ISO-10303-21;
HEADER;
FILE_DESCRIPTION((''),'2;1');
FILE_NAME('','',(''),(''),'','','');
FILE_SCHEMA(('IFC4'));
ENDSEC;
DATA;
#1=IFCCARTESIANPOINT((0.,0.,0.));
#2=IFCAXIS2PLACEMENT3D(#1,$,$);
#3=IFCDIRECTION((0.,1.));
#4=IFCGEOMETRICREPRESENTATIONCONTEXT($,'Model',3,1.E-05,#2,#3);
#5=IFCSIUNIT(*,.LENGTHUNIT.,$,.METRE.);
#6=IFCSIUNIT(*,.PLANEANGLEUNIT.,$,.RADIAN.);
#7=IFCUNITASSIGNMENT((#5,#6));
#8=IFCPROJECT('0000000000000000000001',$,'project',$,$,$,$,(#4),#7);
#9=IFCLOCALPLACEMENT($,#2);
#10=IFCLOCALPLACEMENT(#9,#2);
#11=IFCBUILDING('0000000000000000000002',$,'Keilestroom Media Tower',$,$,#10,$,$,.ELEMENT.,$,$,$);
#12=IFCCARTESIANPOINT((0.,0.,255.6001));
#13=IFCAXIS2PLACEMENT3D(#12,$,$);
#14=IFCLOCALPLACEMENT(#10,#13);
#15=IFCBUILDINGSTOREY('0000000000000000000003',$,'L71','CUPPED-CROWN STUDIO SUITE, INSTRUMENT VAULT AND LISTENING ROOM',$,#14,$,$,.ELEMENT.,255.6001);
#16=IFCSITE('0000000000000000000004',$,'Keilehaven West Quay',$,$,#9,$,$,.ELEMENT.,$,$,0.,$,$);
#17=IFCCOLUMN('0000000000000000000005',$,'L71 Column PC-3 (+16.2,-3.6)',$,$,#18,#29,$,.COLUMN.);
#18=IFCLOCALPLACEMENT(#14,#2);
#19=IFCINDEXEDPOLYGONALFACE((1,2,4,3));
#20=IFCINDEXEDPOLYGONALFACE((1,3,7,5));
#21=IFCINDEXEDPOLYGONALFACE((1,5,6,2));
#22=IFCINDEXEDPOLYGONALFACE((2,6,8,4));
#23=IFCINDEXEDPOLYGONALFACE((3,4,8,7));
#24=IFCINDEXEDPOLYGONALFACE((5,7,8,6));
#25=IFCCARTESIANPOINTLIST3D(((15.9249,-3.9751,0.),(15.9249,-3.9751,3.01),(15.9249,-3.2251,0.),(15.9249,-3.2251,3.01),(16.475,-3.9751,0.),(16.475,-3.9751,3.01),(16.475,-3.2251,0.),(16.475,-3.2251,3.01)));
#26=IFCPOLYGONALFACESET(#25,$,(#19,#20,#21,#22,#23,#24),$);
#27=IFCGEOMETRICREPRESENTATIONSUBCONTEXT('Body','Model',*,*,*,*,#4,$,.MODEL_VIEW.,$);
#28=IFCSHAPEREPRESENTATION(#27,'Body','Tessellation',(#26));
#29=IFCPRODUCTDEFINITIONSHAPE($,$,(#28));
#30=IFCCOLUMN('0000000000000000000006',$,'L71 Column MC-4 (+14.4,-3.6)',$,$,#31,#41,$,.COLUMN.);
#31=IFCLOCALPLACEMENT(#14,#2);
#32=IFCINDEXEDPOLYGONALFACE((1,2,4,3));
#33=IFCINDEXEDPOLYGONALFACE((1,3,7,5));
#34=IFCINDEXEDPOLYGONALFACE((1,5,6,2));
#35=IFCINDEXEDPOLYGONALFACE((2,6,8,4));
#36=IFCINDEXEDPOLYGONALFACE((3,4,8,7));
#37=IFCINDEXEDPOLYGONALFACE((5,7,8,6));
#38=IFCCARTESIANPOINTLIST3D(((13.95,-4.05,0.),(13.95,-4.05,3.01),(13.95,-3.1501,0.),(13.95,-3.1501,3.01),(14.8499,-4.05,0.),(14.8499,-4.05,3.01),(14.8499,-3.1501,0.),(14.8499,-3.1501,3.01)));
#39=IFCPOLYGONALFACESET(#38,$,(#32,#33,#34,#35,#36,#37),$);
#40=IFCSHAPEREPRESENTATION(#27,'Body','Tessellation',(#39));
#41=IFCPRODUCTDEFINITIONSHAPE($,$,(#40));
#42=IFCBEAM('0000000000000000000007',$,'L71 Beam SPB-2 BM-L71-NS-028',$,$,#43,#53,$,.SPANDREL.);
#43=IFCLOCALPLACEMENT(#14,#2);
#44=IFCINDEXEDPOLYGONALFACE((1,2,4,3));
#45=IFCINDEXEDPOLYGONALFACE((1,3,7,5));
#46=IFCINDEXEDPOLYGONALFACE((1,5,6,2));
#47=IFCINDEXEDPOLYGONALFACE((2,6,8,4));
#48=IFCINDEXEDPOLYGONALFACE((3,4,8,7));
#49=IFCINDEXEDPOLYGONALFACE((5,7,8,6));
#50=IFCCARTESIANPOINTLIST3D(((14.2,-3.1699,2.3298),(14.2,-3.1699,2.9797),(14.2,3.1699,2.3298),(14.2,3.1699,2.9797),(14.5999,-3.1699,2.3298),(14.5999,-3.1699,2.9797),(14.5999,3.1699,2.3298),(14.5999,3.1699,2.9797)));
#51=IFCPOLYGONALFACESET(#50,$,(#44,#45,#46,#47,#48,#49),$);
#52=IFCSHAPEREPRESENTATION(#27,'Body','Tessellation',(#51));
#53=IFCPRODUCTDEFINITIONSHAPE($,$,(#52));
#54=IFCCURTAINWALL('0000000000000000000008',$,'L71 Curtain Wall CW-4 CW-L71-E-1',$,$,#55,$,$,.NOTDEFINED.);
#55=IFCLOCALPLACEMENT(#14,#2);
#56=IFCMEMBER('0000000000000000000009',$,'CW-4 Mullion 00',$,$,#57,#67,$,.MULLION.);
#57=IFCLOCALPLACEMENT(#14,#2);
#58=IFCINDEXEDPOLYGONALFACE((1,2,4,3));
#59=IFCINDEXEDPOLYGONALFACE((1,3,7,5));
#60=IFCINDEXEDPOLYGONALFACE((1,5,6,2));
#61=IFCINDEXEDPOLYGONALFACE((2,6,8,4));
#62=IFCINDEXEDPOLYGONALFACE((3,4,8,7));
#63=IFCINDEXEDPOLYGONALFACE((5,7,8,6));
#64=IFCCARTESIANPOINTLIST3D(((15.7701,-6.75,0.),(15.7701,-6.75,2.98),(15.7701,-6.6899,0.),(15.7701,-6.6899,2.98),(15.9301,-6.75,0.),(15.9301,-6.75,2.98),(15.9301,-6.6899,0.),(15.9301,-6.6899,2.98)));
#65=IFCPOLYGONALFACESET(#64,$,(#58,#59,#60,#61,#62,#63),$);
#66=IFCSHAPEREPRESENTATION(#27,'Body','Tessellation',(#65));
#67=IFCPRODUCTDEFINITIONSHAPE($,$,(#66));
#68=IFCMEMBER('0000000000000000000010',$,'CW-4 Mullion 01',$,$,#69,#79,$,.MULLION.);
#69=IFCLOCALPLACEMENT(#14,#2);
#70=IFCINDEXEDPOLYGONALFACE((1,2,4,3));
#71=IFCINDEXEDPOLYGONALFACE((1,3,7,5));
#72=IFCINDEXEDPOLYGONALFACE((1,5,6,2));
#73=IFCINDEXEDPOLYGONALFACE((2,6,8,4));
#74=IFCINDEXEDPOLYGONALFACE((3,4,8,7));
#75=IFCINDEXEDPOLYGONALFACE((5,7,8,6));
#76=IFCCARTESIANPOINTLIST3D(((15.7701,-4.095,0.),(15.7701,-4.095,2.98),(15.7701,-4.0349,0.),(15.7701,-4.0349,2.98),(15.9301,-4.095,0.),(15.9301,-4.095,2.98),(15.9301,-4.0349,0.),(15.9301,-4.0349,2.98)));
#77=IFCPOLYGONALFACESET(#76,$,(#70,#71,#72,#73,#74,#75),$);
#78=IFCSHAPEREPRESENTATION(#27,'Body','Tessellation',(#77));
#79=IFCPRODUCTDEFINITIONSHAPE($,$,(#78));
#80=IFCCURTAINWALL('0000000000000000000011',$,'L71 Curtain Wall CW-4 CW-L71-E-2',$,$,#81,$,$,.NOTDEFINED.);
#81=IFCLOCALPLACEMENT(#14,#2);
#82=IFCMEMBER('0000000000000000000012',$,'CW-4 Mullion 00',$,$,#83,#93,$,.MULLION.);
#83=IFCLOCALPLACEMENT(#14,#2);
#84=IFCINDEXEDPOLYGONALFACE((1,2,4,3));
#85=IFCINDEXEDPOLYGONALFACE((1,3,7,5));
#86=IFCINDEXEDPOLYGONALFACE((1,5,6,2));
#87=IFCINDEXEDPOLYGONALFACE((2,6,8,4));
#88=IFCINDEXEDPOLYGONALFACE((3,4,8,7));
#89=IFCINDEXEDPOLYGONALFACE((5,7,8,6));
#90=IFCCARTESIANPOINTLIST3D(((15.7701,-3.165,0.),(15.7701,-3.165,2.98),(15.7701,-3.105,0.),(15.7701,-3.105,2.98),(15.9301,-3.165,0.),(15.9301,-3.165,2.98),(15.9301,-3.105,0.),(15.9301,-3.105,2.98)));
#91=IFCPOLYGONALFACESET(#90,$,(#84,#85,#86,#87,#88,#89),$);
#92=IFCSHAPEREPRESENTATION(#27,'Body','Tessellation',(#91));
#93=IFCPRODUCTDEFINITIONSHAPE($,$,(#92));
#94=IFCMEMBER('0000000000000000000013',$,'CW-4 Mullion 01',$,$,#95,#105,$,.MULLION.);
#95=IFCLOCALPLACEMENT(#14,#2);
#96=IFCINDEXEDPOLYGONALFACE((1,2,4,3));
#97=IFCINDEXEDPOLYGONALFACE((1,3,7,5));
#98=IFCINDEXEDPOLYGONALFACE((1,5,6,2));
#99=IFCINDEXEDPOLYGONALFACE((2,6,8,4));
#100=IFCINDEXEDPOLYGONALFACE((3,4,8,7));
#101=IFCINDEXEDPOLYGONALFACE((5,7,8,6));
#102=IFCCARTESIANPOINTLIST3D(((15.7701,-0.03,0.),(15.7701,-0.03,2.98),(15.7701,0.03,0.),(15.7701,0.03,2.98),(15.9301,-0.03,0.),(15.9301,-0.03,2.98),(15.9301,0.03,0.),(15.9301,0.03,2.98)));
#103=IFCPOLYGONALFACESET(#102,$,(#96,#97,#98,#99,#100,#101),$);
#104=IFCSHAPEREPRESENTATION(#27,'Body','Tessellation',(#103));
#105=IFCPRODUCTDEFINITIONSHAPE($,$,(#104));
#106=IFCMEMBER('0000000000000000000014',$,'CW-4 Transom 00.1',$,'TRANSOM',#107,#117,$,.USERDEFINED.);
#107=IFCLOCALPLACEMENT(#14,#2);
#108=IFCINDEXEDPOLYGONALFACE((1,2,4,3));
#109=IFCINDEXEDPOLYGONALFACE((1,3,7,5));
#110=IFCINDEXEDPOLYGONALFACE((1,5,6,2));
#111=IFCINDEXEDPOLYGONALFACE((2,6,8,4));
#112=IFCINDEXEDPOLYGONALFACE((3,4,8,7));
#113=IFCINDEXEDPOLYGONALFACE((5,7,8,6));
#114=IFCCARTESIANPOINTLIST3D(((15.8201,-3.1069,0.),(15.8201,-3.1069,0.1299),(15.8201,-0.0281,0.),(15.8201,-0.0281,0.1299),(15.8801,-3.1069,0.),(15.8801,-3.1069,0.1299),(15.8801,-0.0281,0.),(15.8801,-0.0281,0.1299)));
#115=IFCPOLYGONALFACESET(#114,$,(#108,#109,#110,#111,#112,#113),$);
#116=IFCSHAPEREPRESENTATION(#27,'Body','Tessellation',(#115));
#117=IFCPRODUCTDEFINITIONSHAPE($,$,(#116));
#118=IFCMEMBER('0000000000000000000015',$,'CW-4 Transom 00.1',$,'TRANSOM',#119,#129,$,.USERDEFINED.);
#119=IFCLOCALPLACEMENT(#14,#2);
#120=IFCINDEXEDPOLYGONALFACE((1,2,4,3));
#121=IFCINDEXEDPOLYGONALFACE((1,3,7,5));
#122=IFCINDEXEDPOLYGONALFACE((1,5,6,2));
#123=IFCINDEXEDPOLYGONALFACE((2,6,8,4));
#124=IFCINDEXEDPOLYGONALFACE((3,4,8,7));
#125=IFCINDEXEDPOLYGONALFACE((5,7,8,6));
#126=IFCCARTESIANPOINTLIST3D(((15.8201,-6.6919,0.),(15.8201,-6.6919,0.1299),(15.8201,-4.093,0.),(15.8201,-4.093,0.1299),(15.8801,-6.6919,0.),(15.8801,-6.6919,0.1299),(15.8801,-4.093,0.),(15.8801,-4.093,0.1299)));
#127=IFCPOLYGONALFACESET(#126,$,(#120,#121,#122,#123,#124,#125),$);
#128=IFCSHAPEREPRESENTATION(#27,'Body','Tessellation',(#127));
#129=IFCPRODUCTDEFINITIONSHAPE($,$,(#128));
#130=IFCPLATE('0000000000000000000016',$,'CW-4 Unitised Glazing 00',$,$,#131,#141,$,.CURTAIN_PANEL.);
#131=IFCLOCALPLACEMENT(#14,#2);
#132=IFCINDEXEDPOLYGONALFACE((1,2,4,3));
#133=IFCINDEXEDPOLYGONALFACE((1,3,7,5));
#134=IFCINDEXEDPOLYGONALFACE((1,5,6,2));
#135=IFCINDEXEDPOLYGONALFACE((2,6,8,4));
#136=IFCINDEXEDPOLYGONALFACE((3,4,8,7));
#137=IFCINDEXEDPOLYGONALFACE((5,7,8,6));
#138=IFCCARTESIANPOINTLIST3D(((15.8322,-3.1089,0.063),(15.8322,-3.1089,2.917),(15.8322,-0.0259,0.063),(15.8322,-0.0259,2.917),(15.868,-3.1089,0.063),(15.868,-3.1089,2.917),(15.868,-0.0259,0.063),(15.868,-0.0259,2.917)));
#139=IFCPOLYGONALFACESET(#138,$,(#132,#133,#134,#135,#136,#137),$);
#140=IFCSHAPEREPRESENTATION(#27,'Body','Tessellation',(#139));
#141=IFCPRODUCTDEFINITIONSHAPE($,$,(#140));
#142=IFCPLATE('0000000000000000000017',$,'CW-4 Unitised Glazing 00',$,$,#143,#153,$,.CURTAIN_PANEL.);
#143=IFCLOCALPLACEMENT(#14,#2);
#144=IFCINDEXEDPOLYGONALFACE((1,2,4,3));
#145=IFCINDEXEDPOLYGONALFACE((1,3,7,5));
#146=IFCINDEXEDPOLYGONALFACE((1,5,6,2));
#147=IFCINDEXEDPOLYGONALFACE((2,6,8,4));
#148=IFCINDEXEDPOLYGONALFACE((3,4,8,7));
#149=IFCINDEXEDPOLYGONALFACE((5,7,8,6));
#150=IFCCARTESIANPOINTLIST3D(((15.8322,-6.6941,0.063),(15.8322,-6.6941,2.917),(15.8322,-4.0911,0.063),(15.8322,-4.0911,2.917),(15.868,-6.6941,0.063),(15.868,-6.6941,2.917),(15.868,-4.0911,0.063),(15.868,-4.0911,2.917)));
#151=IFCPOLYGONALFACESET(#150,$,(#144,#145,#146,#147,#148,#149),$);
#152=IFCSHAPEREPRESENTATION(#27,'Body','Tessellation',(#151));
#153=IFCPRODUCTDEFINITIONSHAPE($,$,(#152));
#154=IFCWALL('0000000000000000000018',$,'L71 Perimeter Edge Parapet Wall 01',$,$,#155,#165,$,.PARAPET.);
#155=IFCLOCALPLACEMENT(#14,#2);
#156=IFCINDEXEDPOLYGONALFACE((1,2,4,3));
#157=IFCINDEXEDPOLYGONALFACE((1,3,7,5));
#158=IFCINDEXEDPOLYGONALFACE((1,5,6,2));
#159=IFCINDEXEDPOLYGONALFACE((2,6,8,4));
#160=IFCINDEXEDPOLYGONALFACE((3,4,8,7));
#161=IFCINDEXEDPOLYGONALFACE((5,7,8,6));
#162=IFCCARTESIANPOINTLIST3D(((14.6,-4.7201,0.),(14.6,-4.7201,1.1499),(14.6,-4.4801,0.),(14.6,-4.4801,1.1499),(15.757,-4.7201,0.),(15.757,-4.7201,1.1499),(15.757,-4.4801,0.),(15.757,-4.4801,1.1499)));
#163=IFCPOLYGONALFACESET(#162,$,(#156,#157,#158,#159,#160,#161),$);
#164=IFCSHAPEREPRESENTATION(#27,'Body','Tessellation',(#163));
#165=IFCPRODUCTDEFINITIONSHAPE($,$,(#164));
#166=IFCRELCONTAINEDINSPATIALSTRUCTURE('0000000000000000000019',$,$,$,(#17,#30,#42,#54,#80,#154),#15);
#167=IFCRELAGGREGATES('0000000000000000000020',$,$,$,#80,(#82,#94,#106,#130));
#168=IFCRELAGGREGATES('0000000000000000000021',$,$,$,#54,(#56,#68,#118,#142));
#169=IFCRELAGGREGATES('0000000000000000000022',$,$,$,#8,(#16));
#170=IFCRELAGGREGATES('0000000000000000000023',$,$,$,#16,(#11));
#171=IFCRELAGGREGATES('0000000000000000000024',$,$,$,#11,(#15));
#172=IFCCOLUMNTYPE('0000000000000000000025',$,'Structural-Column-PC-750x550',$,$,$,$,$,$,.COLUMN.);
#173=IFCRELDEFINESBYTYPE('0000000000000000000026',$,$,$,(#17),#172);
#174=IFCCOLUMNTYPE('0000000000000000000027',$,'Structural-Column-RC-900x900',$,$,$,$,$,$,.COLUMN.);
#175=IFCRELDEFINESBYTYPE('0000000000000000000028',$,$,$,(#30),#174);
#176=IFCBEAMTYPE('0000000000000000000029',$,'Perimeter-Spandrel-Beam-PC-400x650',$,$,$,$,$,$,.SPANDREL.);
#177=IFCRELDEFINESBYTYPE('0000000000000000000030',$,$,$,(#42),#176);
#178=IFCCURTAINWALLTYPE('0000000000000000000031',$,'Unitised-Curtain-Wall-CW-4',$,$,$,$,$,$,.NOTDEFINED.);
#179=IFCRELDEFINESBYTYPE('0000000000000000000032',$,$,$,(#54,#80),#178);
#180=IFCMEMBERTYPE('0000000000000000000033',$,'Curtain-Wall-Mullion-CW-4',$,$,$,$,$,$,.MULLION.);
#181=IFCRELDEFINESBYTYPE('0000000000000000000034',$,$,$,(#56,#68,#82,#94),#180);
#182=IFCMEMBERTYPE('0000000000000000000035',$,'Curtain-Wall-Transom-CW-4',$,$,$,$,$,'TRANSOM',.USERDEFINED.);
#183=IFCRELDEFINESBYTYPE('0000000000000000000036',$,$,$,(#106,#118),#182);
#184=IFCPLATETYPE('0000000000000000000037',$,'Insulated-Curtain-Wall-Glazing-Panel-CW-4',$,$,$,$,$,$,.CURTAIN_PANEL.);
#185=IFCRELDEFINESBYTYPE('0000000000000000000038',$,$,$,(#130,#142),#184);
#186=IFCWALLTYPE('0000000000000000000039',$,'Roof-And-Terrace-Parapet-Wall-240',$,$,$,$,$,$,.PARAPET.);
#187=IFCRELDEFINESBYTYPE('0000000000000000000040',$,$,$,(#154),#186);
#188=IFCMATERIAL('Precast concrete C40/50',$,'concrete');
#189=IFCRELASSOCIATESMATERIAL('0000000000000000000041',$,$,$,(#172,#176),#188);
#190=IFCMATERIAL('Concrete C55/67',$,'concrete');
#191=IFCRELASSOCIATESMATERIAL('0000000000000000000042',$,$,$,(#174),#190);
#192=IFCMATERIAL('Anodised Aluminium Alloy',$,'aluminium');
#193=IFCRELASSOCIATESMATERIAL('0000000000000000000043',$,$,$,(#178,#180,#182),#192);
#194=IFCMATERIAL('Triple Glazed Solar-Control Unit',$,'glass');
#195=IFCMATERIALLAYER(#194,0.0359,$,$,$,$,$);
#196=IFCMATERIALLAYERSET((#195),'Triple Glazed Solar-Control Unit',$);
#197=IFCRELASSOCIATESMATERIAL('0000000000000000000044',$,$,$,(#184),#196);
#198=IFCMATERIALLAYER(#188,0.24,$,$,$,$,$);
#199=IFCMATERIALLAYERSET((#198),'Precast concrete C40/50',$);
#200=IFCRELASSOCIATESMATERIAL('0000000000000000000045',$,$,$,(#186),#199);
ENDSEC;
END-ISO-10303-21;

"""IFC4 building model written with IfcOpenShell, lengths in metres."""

from ifc_helpers import new_model, si_unit, direction, frame, frame_2d, origin, origin_2d, place, context, subcontext, project, spatial, rectangle, extrude, source, transform, mapped, material, layer, layer_set, material_profile, profile_set, type_object, element, aggregate, save


model = new_model("IFC4")

# Units and contexts
model_context = context("Model", 3, precision=1e-05, world=origin(), true_north=direction((0.0, 1.0)))
body_context = subcontext(model_context, "Body", "Model", "MODEL_VIEW")
ifc_project = project(units=[si_unit("LENGTHUNIT", "METRE"), si_unit("PLANEANGLEUNIT", "RADIAN")], contexts=[model_context])

# Site, building, storey
site_placement = place(None, origin())
site = spatial("IfcSite", under=ifc_project, at=site_placement, Name="Keilehaven West Quay", CompositionType="ELEMENT", RefElevation=0.0)
building_placement = place(site_placement, origin())
building = spatial("IfcBuilding", under=site, at=building_placement, Name="Keilestroom Media Tower", CompositionType="ELEMENT")
storey_placement = place(building_placement, frame((0.0, 0.0, 255.6001)))
storey = spatial("IfcBuildingStorey", under=building, at=storey_placement, Name="L71", Description="CUPPED-CROWN STUDIO SUITE, INSTRUMENT VAULT AND LISTENING ROOM", CompositionType="ELEMENT", Elevation=255.6001)

# Columns
ifc_material_1 = material(Name="Precast concrete C40/50", Category="concrete")
ifc_material_profile_1 = material_profile(ifc_material_1, rectangle(XDim=0.55, YDim=0.75, at=origin_2d()), Name="PC 750x550")
ifc_profile_set_1 = profile_set([ifc_material_profile_1], Name="Precast concrete C40/50")
column_type_1 = type_object("IfcColumnType", Name="Structural-Column-PC-750x550", PredefinedType="COLUMN", material=ifc_profile_set_1)
shared_shape_1 = source(origin(), body_context, "Body", "SweptSolid", [
    extrude(rectangle(XDim=0.55, YDim=0.75, at=origin_2d()), origin(), (0.0, 0.0, 1.0), 3.01),
])
column_1_placement = place(storey_placement, frame((16.2, -3.6001, 0.0), z_axis=(0.0, 0.0, 1.0), x_axis=(1.0, 0.0, 0.0)))
element("IfcColumn", 1, at=column_1_placement, inside=storey, type_object=column_type_1, Name="L71 Column PC-3 (+16.2,-3.6)", PredefinedType="COLUMN", context=body_context, shape_type="MappedRepresentation", body=[
    mapped(shared_shape_1, transform((0.0, 0.0, 0.0), x_axis=(1.0, 0.0, 0.0), y_axis=(0.0, 1.0, 0.0), z_axis=(0.0, 0.0, 1.0), scale=1.0)),
])
ifc_material_2 = material(Name="Concrete C55/67", Category="concrete")
ifc_material_profile_2 = material_profile(ifc_material_2, rectangle(XDim=0.8999, YDim=0.8999, at=origin_2d()), Name="RC 900x900")
ifc_profile_set_2 = profile_set([ifc_material_profile_2], Name="Concrete C55/67")
column_type_2 = type_object("IfcColumnType", Name="Structural-Column-RC-900x900", PredefinedType="COLUMN", material=ifc_profile_set_2)
shared_shape_2 = source(origin(), body_context, "Body", "SweptSolid", [
    extrude(rectangle(XDim=0.8999, YDim=0.8999, at=origin_2d()), origin(), (0.0, 0.0, 1.0), 3.01),
])
column_2_placement = place(storey_placement, frame((14.3999, -3.6001, 0.0), z_axis=(0.0, 0.0, 1.0), x_axis=(1.0, 0.0, 0.0)))
element("IfcColumn", 2, at=column_2_placement, inside=storey, type_object=column_type_2, Name="L71 Column MC-4 (+14.4,-3.6)", PredefinedType="COLUMN", context=body_context, shape_type="MappedRepresentation", body=[
    mapped(shared_shape_2, transform((0.0, 0.0, 0.0), x_axis=(1.0, 0.0, 0.0), y_axis=(0.0, 1.0, 0.0), z_axis=(0.0, 0.0, 1.0), scale=1.0)),
])

# Beam
ifc_material_profile_3 = material_profile(ifc_material_1, rectangle(XDim=0.3999, YDim=0.6499, at=origin_2d()), Name="PC 400x650")
ifc_profile_set_3 = profile_set([ifc_material_profile_3], Name="Precast concrete C40/50")
beam_type = type_object("IfcBeamType", Name="Perimeter-Spandrel-Beam-PC-400x650", PredefinedType="SPANDREL", material=ifc_profile_set_3)
shared_shape_3 = source(origin(), body_context, "Body", "SweptSolid", [
    extrude(rectangle(XDim=0.3999, YDim=0.6499, at=origin_2d()), origin(), (0.0, 0.0, 1.0), 6.3398),
])
beam_placement = place(storey_placement, frame((14.3999, -3.1699, 2.6548), z_axis=(0.0, 1.0, 0.0), x_axis=(-1.0, 0.0, 0.0)))
element("IfcBeam", 3, at=beam_placement, inside=storey, type_object=beam_type, Name="L71 Beam SPB-2 BM-L71-NS-028", PredefinedType="SPANDREL", context=body_context, shape_type="MappedRepresentation", body=[
    mapped(shared_shape_3, transform((0.0, 0.0, 0.0), x_axis=(1.0, 0.0, 0.0), y_axis=(0.0, 1.0, 0.0), z_axis=(0.0, 0.0, 1.0), scale=1.0)),
])

# Curtain walls, members
ifc_material_3 = material(Name="Anodised Aluminium Alloy", Category="aluminium")
curtain_wall_type = type_object("IfcCurtainWallType", Name="Unitised-Curtain-Wall-CW-4", PredefinedType="NOTDEFINED", material=ifc_material_3)
curtain_wall_1_placement = place(storey_placement, origin())
curtain_wall_1 = element("IfcCurtainWall", 4, at=curtain_wall_1_placement, inside=storey, type_object=curtain_wall_type, Name="L71 Curtain Wall CW-4 CW-L71-E-1", PredefinedType="NOTDEFINED")
ifc_material_profile_4 = material_profile(ifc_material_3, rectangle(XDim=0.0601, YDim=0.1599, at=origin_2d()), Name="ALU MULLION 60x160")
ifc_profile_set_4 = profile_set([ifc_material_profile_4], Name="Anodised Aluminium Alloy")
member_type_1 = type_object("IfcMemberType", Name="Curtain-Wall-Mullion-CW-4", PredefinedType="MULLION", material=ifc_profile_set_4)
shared_shape_4 = source(origin(), body_context, "Body", "SweptSolid", [
    extrude(rectangle(XDim=0.0601, YDim=0.1599, at=origin_2d()), origin(), (0.0, 0.0, 1.0), 2.98),
])
member_1_placement = place(storey_placement, frame((15.8501, -6.72, 0.0), z_axis=(0.0, 0.0, 1.0), x_axis=(0.0, 1.0, 0.0)))
member_1 = element("IfcMember", 5, at=member_1_placement, type_object=member_type_1, Name="CW-4 Mullion 00", PredefinedType="MULLION", context=body_context, shape_type="MappedRepresentation", body=[
    mapped(shared_shape_4, transform((0.0, 0.0, 0.0), x_axis=(1.0, 0.0, 0.0), y_axis=(0.0, 1.0, 0.0), z_axis=(0.0, 0.0, 1.0), scale=1.0)),
])
member_2_placement = place(storey_placement, frame((15.8501, -4.0649, 0.0), z_axis=(0.0, 0.0, 1.0), x_axis=(0.0, 1.0, 0.0)))
member_2 = element("IfcMember", 6, at=member_2_placement, type_object=member_type_1, Name="CW-4 Mullion 01", PredefinedType="MULLION", context=body_context, shape_type="MappedRepresentation", body=[
    mapped(shared_shape_4, transform((0.0, 0.0, 0.0), x_axis=(1.0, 0.0, 0.0), y_axis=(0.0, 1.0, 0.0), z_axis=(0.0, 0.0, 1.0), scale=1.0)),
])
curtain_wall_2_placement = place(storey_placement, origin())
curtain_wall_2 = element("IfcCurtainWall", 7, at=curtain_wall_2_placement, inside=storey, type_object=curtain_wall_type, Name="L71 Curtain Wall CW-4 CW-L71-E-2", PredefinedType="NOTDEFINED")
member_3_placement = place(storey_placement, frame((15.8501, -3.135, 0.0), z_axis=(0.0, 0.0, 1.0), x_axis=(0.0, 1.0, 0.0)))
member_3 = element("IfcMember", 8, at=member_3_placement, type_object=member_type_1, Name="CW-4 Mullion 00", PredefinedType="MULLION", context=body_context, shape_type="MappedRepresentation", body=[
    mapped(shared_shape_4, transform((0.0, 0.0, 0.0), x_axis=(1.0, 0.0, 0.0), y_axis=(0.0, 1.0, 0.0), z_axis=(0.0, 0.0, 1.0), scale=1.0)),
])
member_4_placement = place(storey_placement, frame((15.8501, 0.0, 0.0), z_axis=(0.0, 0.0, 1.0), x_axis=(0.0, 1.0, 0.0)))
member_4 = element("IfcMember", 9, at=member_4_placement, type_object=member_type_1, Name="CW-4 Mullion 01", PredefinedType="MULLION", context=body_context, shape_type="MappedRepresentation", body=[
    mapped(shared_shape_4, transform((0.0, 0.0, 0.0), x_axis=(1.0, 0.0, 0.0), y_axis=(0.0, 1.0, 0.0), z_axis=(0.0, 0.0, 1.0), scale=1.0)),
])
ifc_material_profile_5 = material_profile(ifc_material_3, rectangle(XDim=0.0601, YDim=0.1299, at=origin_2d()), Name="ALU TRANSOM 60x130")
ifc_profile_set_5 = profile_set([ifc_material_profile_5], Name="Anodised Aluminium Alloy")
member_type_2 = type_object("IfcMemberType", Name="Curtain-Wall-Transom-CW-4", ElementType="TRANSOM", PredefinedType="USERDEFINED", material=ifc_profile_set_5)
shared_shape_5 = source(origin(), body_context, "Body", "SweptSolid", [
    extrude(rectangle(XDim=0.0601, YDim=0.1299, at=origin_2d()), origin(), (0.0, 0.0, 1.0), 3.0789),
])
member_5_placement = place(storey_placement, frame((15.8501, -3.1069, 0.0649), z_axis=(0.0, 1.0, 0.0), x_axis=(-1.0, 0.0, 0.0)))
member_5 = element("IfcMember", 10, at=member_5_placement, type_object=member_type_2, Name="CW-4 Transom 00.1", ObjectType="TRANSOM", PredefinedType="USERDEFINED", context=body_context, shape_type="MappedRepresentation", body=[
    mapped(shared_shape_5, transform((0.0, 0.0, 0.0), x_axis=(1.0, 0.0, 0.0), y_axis=(0.0, 1.0, 0.0), z_axis=(0.0, 0.0, 1.0), scale=1.0)),
])

# Member
shared_shape_6 = source(origin(), body_context, "Body", "SweptSolid", [
    extrude(rectangle(XDim=0.0601, YDim=0.1299, at=origin_2d()), origin(), (0.0, 0.0, 1.0), 2.5989),
])
member_6_placement = place(storey_placement, frame((15.8501, -6.6919, 0.0649), z_axis=(0.0, 1.0, 0.0), x_axis=(-1.0, 0.0, 0.0)))
member_6 = element("IfcMember", 11, at=member_6_placement, type_object=member_type_2, Name="CW-4 Transom 00.1", ObjectType="TRANSOM", PredefinedType="USERDEFINED", context=body_context, shape_type="MappedRepresentation", body=[
    mapped(shared_shape_6, transform((0.0, 0.0, 0.0), x_axis=(1.0, 0.0, 0.0), y_axis=(0.0, 1.0, 0.0), z_axis=(0.0, 0.0, 1.0), scale=1.0)),
])

# Plates
ifc_material_4 = material(Name="Triple Glazed Solar-Control Unit", Category="glass")
ifc_layer_1 = layer(ifc_material_4, 0.0359)
ifc_layer_set_1 = layer_set([ifc_layer_1], Name="Triple Glazed Solar-Control Unit")
plate_type = type_object("IfcPlateType", Name="Insulated-Curtain-Wall-Glazing-Panel-CW-4", PredefinedType="CURTAIN_PANEL", material=ifc_layer_set_1)
shared_shape_7 = source(origin(), body_context, "Body", "SweptSolid", [
    extrude(rectangle(XDim=3.083, YDim=0.0359, at=origin_2d()), origin(), (0.0, 0.0, 1.0), 2.854),
])
plate_1_placement = place(storey_placement, frame((15.8501, -1.5674, 0.063), z_axis=(0.0, 0.0, 1.0), x_axis=(0.0, 1.0, 0.0)))
plate_1 = element("IfcPlate", 12, at=plate_1_placement, type_object=plate_type, Name="CW-4 Unitised Glazing 00", PredefinedType="CURTAIN_PANEL", context=body_context, shape_type="MappedRepresentation", body=[
    mapped(shared_shape_7, transform((0.0, 0.0, 0.0), x_axis=(1.0, 0.0, 0.0), y_axis=(0.0, 1.0, 0.0), z_axis=(0.0, 0.0, 1.0), scale=1.0)),
])
aggregate(curtain_wall_2, [member_3, member_4, member_5, plate_1])
shared_shape_8 = source(origin(), body_context, "Body", "SweptSolid", [
    extrude(rectangle(XDim=2.603, YDim=0.0359, at=origin_2d()), origin(), (0.0, 0.0, 1.0), 2.854),
])
plate_2_placement = place(storey_placement, frame((15.8501, -5.3926, 0.063), z_axis=(0.0, 0.0, 1.0), x_axis=(0.0, 1.0, 0.0)))
plate_2 = element("IfcPlate", 13, at=plate_2_placement, type_object=plate_type, Name="CW-4 Unitised Glazing 00", PredefinedType="CURTAIN_PANEL", context=body_context, shape_type="MappedRepresentation", body=[
    mapped(shared_shape_8, transform((0.0, 0.0, 0.0), x_axis=(1.0, 0.0, 0.0), y_axis=(0.0, 1.0, 0.0), z_axis=(0.0, 0.0, 1.0), scale=1.0)),
])
aggregate(curtain_wall_1, [member_1, member_2, member_6, plate_2])

# Wall
ifc_layer_2 = layer(ifc_material_1, 0.24)
ifc_layer_set_2 = layer_set([ifc_layer_2], Name="Precast concrete C40/50")
wall_type = type_object("IfcWallType", Name="Roof-And-Terrace-Parapet-Wall-240", PredefinedType="PARAPET", material=ifc_layer_set_2)
wall_1_placement = place(storey_placement, frame((15.7571, -4.6001, 0.0), z_axis=(0.0, 0.0, 1.0), x_axis=(-1.0, 0.0, 0.0)))
element("IfcWall", 14, at=wall_1_placement, inside=storey, type_object=wall_type, Name="L71 Perimeter Edge Parapet Wall 01", PredefinedType="PARAPET", context=body_context, shape_type="SweptSolid", body=[
    extrude(rectangle(XDim=1.157, YDim=0.24, at=frame_2d((0.5786, 0.0))), origin(), (0.0, 0.0, 1.0), 1.1499),
])

save(model, "model.ifc")
